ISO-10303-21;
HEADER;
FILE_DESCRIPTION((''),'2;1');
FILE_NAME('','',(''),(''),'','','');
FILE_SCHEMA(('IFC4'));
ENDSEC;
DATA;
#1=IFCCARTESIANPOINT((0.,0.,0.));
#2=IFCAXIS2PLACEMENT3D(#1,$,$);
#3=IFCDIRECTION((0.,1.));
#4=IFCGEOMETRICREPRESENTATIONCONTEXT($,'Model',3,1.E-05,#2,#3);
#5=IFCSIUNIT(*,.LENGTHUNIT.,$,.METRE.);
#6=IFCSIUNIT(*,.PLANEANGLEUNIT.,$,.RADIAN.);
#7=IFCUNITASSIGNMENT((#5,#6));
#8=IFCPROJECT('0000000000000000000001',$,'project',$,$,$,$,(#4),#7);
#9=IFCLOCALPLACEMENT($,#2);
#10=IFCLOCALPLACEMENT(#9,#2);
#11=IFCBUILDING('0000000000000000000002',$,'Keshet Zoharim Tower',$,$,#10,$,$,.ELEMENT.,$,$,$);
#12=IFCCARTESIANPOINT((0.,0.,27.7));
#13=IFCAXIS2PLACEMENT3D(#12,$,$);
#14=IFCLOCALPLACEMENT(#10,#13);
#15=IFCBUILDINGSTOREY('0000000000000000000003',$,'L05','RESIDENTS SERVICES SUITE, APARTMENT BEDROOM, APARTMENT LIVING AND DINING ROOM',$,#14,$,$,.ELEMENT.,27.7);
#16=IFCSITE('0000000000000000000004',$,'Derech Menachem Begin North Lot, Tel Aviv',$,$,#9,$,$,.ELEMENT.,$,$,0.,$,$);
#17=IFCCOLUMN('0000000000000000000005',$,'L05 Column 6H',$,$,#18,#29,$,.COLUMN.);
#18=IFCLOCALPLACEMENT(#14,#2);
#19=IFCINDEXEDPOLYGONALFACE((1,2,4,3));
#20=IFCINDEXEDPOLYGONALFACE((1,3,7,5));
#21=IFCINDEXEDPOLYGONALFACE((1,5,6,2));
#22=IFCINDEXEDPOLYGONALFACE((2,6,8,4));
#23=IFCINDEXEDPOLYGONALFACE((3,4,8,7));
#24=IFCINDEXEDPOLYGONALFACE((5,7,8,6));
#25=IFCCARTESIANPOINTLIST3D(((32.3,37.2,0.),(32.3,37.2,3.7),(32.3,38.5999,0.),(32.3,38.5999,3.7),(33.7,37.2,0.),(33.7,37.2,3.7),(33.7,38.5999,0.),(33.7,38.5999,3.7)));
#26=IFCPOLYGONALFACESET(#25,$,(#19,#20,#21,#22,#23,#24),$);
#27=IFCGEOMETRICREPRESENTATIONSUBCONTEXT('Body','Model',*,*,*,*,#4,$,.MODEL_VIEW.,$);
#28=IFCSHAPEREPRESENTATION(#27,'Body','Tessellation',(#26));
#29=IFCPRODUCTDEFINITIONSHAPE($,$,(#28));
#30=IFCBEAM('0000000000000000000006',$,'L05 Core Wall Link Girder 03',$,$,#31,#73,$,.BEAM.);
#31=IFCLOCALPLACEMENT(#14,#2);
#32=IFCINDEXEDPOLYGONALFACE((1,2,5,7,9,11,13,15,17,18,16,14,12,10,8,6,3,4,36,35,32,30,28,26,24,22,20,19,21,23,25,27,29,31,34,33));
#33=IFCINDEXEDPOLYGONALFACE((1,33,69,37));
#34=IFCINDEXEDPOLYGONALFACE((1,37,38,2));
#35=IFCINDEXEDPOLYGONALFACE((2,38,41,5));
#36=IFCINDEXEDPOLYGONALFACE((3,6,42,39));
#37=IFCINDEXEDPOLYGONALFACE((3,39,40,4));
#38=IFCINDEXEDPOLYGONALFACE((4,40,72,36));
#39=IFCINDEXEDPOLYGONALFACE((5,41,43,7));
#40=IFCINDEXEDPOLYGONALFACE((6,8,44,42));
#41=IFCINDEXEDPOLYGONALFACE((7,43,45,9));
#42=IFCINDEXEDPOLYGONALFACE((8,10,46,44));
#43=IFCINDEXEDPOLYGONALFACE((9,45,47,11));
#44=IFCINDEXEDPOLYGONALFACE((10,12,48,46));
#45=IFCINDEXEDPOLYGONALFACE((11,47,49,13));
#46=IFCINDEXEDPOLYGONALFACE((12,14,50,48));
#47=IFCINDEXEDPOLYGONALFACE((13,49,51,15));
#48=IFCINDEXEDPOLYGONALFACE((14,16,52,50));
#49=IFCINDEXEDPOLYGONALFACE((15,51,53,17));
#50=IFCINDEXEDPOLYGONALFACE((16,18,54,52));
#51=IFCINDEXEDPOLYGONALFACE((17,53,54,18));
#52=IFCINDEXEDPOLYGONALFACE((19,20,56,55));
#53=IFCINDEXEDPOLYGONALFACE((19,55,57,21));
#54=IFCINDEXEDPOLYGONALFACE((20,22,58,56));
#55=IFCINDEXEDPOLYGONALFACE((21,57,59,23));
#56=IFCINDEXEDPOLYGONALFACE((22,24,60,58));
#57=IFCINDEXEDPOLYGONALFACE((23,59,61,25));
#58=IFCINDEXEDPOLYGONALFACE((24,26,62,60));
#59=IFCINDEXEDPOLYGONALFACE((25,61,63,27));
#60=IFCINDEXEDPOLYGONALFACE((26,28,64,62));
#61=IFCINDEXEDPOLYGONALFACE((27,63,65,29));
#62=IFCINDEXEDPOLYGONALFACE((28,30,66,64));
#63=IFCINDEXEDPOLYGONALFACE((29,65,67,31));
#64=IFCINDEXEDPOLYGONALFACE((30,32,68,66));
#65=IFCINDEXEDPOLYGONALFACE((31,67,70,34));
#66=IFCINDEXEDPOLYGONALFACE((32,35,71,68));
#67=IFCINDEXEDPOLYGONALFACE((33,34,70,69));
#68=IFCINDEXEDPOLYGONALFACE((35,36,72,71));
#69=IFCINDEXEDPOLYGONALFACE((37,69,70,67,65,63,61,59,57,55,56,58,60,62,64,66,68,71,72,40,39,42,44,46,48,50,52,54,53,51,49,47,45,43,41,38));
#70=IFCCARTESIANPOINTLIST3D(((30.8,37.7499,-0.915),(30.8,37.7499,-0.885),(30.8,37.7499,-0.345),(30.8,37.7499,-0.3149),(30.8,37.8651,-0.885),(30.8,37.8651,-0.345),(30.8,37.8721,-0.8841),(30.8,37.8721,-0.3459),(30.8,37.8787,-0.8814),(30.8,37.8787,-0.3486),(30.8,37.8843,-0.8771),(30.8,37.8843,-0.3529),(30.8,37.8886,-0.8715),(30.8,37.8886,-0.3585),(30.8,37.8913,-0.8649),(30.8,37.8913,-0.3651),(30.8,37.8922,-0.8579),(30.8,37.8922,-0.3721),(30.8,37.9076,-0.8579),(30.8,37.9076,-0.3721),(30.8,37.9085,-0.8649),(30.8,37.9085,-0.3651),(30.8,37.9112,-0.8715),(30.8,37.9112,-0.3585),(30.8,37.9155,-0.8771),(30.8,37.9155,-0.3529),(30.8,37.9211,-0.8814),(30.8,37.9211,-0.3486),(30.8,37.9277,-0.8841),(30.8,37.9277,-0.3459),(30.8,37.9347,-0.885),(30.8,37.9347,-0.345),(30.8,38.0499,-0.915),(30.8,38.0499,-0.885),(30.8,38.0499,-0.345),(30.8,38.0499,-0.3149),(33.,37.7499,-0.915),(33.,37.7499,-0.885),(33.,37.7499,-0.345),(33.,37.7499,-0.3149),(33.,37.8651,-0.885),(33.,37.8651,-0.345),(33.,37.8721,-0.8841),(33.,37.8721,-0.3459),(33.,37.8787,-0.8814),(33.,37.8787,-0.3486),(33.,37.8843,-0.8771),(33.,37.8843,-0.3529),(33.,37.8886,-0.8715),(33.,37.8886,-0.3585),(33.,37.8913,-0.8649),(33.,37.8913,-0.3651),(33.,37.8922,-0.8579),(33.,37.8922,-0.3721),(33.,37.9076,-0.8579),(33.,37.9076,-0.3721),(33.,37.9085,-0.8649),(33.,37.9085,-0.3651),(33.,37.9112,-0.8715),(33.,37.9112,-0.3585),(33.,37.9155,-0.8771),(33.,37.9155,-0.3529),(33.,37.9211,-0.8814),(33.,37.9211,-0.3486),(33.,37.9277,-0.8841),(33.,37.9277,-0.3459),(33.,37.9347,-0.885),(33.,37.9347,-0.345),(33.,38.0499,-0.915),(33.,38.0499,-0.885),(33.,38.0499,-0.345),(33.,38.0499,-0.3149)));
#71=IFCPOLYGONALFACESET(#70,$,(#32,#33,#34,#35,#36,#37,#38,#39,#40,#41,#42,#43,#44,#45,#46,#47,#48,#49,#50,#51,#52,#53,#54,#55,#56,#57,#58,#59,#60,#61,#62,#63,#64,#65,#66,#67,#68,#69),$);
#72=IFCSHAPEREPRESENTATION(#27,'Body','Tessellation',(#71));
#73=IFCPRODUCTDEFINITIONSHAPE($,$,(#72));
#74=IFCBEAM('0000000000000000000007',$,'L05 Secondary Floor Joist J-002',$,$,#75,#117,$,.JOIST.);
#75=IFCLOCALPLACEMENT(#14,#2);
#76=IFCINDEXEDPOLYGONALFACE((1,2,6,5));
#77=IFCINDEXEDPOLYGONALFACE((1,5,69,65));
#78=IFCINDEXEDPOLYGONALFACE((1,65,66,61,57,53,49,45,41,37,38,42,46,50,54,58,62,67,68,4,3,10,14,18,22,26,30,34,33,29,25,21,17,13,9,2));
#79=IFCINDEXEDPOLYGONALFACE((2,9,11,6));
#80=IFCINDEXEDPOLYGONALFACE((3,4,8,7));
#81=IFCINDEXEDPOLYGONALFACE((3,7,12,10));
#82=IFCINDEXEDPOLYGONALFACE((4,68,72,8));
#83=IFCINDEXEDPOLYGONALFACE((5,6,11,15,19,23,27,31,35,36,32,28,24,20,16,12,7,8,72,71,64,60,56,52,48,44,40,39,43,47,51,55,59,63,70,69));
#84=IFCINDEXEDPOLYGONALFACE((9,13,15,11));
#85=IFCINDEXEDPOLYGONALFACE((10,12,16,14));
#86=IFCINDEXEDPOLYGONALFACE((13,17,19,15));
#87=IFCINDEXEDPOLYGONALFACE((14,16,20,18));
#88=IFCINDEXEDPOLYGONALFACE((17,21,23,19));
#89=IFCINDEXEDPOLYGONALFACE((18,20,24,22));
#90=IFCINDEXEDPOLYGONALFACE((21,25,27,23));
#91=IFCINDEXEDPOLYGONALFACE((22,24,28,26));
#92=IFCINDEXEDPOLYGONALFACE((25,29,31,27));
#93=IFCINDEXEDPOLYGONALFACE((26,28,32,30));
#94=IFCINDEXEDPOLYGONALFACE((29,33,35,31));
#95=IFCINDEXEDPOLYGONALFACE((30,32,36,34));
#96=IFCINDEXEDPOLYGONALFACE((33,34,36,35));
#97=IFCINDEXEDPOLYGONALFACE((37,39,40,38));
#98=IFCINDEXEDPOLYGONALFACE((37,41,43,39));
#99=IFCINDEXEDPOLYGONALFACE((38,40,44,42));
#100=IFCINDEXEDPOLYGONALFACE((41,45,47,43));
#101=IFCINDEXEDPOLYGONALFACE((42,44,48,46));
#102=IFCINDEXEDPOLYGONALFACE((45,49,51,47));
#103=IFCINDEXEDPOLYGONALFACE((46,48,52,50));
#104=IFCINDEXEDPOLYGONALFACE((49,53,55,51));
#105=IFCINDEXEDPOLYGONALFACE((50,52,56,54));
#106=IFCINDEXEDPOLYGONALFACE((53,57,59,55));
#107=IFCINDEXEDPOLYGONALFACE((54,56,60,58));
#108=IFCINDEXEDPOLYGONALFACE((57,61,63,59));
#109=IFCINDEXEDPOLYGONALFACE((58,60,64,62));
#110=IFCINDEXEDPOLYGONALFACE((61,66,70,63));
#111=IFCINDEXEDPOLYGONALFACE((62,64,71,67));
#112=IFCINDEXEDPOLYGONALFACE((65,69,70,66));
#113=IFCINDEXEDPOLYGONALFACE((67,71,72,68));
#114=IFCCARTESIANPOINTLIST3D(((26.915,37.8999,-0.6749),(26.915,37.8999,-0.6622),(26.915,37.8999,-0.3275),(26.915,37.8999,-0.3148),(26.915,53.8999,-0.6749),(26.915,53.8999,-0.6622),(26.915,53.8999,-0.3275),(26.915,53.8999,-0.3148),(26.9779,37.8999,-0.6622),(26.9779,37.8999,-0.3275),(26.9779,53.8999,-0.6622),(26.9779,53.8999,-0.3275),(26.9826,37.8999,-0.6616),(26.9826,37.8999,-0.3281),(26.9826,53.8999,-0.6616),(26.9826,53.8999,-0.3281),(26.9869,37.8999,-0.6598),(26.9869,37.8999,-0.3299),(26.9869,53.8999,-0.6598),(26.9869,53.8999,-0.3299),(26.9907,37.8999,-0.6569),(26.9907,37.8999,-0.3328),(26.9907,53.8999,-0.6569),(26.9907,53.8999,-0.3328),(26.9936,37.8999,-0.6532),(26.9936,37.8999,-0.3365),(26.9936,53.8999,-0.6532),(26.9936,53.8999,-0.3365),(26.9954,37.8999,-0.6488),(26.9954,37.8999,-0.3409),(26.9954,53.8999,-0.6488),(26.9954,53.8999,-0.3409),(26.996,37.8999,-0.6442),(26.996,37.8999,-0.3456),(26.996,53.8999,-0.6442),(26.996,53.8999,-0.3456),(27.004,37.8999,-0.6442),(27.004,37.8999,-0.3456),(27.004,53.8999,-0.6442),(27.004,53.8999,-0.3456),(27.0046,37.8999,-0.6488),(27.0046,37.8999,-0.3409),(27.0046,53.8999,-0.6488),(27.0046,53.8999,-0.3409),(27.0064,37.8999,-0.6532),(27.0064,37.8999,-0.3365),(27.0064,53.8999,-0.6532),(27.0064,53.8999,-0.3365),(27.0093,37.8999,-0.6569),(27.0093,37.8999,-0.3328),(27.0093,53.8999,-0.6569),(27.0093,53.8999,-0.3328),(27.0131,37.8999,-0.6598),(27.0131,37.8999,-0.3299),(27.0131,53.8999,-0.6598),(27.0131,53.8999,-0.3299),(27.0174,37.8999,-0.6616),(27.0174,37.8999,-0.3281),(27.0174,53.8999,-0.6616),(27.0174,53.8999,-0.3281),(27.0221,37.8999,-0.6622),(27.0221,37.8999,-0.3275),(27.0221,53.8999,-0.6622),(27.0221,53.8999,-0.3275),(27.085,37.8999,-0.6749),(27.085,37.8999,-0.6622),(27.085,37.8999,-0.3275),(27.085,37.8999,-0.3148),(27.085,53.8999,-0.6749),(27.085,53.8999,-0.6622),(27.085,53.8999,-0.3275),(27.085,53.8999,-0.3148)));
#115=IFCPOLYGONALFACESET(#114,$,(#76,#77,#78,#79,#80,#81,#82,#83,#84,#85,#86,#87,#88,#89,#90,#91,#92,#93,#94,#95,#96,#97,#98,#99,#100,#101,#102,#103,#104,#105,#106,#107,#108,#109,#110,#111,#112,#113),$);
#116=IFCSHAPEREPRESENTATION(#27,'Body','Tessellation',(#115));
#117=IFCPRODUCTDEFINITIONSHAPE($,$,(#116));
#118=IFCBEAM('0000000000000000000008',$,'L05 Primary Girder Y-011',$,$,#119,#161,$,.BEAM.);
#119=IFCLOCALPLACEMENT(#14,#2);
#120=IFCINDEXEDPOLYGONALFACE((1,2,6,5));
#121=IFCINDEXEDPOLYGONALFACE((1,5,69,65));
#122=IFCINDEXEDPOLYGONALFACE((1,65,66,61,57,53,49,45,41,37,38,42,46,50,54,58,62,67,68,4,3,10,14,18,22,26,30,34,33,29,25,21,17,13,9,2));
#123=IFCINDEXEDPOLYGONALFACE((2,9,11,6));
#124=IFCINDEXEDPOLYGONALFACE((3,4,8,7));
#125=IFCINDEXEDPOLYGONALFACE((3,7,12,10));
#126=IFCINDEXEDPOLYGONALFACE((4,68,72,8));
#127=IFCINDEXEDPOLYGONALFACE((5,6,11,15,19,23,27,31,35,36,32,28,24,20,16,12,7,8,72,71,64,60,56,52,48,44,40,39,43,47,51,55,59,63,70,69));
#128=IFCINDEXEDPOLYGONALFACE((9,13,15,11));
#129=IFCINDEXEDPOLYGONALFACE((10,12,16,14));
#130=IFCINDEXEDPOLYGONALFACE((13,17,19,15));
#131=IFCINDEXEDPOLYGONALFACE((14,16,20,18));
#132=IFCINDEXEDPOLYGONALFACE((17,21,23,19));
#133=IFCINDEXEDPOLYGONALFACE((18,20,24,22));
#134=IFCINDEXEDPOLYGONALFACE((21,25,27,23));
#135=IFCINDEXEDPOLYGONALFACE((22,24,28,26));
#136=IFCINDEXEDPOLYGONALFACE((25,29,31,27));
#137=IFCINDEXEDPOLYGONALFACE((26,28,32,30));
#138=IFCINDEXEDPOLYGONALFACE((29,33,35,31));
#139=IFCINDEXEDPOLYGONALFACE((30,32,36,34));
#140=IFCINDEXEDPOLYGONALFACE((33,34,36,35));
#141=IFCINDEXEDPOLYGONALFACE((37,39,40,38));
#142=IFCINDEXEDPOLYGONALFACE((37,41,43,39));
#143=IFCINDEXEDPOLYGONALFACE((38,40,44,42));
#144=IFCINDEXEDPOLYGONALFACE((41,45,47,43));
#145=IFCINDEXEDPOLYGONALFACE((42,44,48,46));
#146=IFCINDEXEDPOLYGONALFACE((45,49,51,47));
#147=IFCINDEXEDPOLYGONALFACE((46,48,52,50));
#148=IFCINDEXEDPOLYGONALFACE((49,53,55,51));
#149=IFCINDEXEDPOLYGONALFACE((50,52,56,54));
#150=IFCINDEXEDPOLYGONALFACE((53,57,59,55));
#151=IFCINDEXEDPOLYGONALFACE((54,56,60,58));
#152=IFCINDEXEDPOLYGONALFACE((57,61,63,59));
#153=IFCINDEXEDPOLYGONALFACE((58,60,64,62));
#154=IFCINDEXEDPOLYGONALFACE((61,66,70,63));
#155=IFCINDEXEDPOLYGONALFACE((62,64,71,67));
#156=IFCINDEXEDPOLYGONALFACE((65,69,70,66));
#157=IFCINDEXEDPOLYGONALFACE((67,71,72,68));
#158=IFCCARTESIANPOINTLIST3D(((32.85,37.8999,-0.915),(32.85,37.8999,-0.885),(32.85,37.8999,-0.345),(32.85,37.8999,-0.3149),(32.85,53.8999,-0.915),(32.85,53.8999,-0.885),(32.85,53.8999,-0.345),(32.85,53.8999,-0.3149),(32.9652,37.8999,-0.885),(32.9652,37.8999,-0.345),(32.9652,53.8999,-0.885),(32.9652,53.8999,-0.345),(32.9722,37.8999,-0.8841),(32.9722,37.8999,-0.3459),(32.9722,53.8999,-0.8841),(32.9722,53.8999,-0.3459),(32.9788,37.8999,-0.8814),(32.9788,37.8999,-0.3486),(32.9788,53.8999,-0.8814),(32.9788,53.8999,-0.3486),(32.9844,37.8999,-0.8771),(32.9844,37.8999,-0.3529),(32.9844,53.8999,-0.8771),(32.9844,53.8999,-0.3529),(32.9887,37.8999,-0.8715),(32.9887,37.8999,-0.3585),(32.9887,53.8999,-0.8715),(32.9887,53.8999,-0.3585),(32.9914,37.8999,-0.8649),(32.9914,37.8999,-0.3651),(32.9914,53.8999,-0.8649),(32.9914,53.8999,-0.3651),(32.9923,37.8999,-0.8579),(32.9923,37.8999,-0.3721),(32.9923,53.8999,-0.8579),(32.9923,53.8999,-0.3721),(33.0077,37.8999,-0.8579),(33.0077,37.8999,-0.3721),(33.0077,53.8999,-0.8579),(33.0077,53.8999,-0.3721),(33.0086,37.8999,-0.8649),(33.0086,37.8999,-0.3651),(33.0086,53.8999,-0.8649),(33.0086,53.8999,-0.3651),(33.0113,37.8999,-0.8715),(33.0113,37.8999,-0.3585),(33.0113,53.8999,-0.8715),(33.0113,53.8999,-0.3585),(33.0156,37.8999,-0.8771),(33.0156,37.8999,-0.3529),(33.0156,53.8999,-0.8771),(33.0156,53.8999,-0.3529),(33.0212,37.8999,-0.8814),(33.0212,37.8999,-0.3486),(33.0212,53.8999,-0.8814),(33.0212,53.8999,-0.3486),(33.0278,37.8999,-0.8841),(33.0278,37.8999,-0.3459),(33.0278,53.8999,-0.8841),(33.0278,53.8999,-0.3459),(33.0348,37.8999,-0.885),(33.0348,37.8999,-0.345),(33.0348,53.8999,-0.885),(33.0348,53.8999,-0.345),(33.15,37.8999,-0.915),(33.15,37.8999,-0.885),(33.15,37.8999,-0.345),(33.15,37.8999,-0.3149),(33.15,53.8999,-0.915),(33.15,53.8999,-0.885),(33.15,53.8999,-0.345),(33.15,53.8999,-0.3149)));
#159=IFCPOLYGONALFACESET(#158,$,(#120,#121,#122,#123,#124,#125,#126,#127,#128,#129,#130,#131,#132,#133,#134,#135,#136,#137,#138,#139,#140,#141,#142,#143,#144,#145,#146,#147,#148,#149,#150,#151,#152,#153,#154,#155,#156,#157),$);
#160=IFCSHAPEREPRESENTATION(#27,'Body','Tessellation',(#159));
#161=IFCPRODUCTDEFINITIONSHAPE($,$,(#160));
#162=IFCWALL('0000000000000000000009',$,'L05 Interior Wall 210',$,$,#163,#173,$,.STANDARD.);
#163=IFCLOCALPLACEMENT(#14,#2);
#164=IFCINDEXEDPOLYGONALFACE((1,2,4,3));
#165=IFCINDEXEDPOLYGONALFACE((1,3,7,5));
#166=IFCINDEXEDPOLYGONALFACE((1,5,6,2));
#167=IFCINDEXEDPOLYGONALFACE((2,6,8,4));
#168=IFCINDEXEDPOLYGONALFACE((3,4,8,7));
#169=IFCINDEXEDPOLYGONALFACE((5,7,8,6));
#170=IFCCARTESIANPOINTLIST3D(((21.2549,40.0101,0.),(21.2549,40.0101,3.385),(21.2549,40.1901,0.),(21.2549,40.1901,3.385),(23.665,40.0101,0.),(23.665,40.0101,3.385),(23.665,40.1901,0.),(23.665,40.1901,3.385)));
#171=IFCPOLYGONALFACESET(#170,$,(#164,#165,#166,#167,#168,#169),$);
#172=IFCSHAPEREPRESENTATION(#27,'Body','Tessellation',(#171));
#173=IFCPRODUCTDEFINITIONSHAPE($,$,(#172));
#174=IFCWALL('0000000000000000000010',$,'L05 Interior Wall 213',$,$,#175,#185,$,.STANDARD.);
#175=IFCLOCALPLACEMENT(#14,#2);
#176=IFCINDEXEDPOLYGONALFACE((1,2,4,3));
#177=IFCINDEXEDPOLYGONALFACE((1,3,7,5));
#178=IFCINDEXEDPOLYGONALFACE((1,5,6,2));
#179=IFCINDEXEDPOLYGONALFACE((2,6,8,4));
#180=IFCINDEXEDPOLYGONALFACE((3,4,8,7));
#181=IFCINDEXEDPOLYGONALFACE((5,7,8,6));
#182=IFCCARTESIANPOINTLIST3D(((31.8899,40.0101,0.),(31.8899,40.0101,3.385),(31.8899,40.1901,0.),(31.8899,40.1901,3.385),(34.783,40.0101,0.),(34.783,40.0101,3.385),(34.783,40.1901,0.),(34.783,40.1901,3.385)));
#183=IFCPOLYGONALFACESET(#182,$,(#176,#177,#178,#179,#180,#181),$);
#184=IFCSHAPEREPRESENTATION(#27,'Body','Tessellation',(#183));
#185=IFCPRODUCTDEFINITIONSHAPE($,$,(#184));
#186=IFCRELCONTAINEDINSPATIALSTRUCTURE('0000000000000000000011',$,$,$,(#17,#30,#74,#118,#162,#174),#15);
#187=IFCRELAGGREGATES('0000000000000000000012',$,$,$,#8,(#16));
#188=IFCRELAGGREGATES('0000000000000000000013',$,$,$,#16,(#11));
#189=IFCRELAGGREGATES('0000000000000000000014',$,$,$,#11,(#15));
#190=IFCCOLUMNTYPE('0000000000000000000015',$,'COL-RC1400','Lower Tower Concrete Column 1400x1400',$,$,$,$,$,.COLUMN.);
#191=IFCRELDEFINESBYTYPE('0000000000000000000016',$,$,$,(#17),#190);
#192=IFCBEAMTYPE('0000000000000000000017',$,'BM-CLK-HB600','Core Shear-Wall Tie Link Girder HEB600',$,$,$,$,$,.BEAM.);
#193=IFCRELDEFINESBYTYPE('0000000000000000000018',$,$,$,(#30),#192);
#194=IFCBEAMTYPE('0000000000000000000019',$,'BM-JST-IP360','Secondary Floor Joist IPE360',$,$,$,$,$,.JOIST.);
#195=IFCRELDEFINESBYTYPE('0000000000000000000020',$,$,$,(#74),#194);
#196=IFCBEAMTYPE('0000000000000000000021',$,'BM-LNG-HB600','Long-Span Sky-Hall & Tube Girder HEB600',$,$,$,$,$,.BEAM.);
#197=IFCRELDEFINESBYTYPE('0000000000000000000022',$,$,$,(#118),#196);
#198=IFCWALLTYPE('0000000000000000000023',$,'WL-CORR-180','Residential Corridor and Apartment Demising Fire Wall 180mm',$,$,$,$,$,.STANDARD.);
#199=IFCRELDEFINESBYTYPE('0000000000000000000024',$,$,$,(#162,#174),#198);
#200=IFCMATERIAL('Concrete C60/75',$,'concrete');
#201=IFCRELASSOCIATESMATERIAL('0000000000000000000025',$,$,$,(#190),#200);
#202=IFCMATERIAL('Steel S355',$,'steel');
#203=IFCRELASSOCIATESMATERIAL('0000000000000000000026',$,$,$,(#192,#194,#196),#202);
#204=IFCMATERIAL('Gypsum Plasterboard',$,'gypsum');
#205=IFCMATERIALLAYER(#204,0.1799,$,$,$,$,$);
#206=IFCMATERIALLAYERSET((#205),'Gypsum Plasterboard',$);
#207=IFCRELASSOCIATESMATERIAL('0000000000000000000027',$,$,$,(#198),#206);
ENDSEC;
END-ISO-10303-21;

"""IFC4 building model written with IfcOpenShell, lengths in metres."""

from ifc_helpers import new_model, si_unit, direction, frame, frame_2d, origin, origin_2d, place, context, subcontext, project, spatial, rectangle, i_section, extrude, material, layer, layer_set, material_profile, profile_set, type_object, element, save


model = new_model("IFC4")

# Units and contexts
model_context = context("Model", 3, precision=1e-05, world=origin(), true_north=direction((0.0, 1.0)))
body_context = subcontext(model_context, "Body", "Model", "MODEL_VIEW")
ifc_project = project(units=[si_unit("LENGTHUNIT", "METRE"), si_unit("PLANEANGLEUNIT", "RADIAN")], contexts=[model_context])

# Site, building, storey
site_placement = place(None, origin())
site = spatial("IfcSite", under=ifc_project, at=site_placement, Name="Derech Menachem Begin North Lot, Tel Aviv", CompositionType="ELEMENT", RefElevation=0.0)
building_placement = place(site_placement, origin())
building = spatial("IfcBuilding", under=site, at=building_placement, Name="Keshet Zoharim Tower", CompositionType="ELEMENT")
storey_placement = place(building_placement, frame((0.0, 0.0, 27.7)))
storey = spatial("IfcBuildingStorey", under=building, at=storey_placement, Name="L05", Description="RESIDENTS SERVICES SUITE, APARTMENT BEDROOM, APARTMENT LIVING AND DINING ROOM", CompositionType="ELEMENT", Elevation=27.7)

# Column
ifc_material_1 = material(Name="Concrete C60/75", Category="concrete")
ifc_material_profile_1 = material_profile(ifc_material_1, rectangle(XDim=1.3999, YDim=1.3999, at=origin_2d()), Name="RC1400x1400")
ifc_profile_set_1 = profile_set([ifc_material_profile_1], Name="Concrete C60/75")
column_type = type_object("IfcColumnType", Name="COL-RC1400", Description="Lower Tower Concrete Column 1400x1400", PredefinedType="COLUMN", material=ifc_profile_set_1)
column_placement = place(storey_placement, frame((33.0, 37.8999, 0.0), z_axis=(0.0, 0.0, 1.0), x_axis=(1.0, 0.0, 0.0)))
element("IfcColumn", 1, at=column_placement, inside=storey, type_object=column_type, Name="L05 Column 6H", PredefinedType="COLUMN", context=body_context, shape_type="SweptSolid", body=[
    extrude(rectangle(XDim=1.3999, YDim=1.3999, at=origin_2d()), origin(), (0.0, 0.0, 1.0), 3.7),
])

# Beams
ifc_material_2 = material(Name="Steel S355", Category="steel")
ifc_material_profile_2 = material_profile(ifc_material_2, i_section(OverallWidth=0.3, OverallDepth=0.6001, WebThickness=0.0154, FlangeThickness=0.03, FilletRadius=0.0271, at=origin_2d()), Name="HEB600")
ifc_profile_set_2 = profile_set([ifc_material_profile_2], Name="Steel S355")
beam_type_1 = type_object("IfcBeamType", Name="BM-CLK-HB600", Description="Core Shear-Wall Tie Link Girder HEB600", PredefinedType="BEAM", material=ifc_profile_set_2)
beam_1_placement = place(storey_placement, frame((30.8, 37.8999, -0.615), z_axis=(1.0, 0.0, 0.0), x_axis=(0.0, 1.0, 0.0)))
element("IfcBeam", 2, at=beam_1_placement, inside=storey, type_object=beam_type_1, Name="L05 Core Wall Link Girder 03", PredefinedType="BEAM", context=body_context, shape_type="SweptSolid", body=[
    extrude(i_section(OverallWidth=0.3, OverallDepth=0.6001, WebThickness=0.0154, FlangeThickness=0.03, FilletRadius=0.0271, at=origin_2d()), origin(), (0.0, 0.0, 1.0), 2.2),
])
ifc_material_profile_3 = material_profile(ifc_material_2, i_section(OverallWidth=0.1699, OverallDepth=0.3601, WebThickness=0.0081, FlangeThickness=0.0127, FilletRadius=0.0181, at=origin_2d()), Name="IPE360")
ifc_profile_set_3 = profile_set([ifc_material_profile_3], Name="Steel S355")
beam_type_2 = type_object("IfcBeamType", Name="BM-JST-IP360", Description="Secondary Floor Joist IPE360", PredefinedType="JOIST", material=ifc_profile_set_3)
beam_2_placement = place(storey_placement, frame((27.0, 37.8999, -0.4949), z_axis=(0.0, 1.0, 0.0), x_axis=(-1.0, 0.0, 0.0)))
element("IfcBeam", 3, at=beam_2_placement, inside=storey, type_object=beam_type_2, Name="L05 Secondary Floor Joist J-002", PredefinedType="JOIST", context=body_context, shape_type="SweptSolid", body=[
    extrude(i_section(OverallWidth=0.1699, OverallDepth=0.3601, WebThickness=0.0081, FlangeThickness=0.0127, FilletRadius=0.0181, at=origin_2d()), origin(), (0.0, 0.0, 1.0), 16.0),
])
ifc_material_profile_4 = material_profile(ifc_material_2, i_section(OverallWidth=0.3, OverallDepth=0.6001, WebThickness=0.0154, FlangeThickness=0.03, FilletRadius=0.0271, at=origin_2d()), Name="HEB600")
ifc_profile_set_4 = profile_set([ifc_material_profile_4], Name="Steel S355")
beam_type_3 = type_object("IfcBeamType", Name="BM-LNG-HB600", Description="Long-Span Sky-Hall & Tube Girder HEB600", PredefinedType="BEAM", material=ifc_profile_set_4)
beam_3_placement = place(storey_placement, frame((33.0, 37.8999, -0.615), z_axis=(0.0, 1.0, 0.0), x_axis=(-1.0, 0.0, 0.0)))
element("IfcBeam", 4, at=beam_3_placement, inside=storey, type_object=beam_type_3, Name="L05 Primary Girder Y-011", PredefinedType="BEAM", context=body_context, shape_type="SweptSolid", body=[
    extrude(i_section(OverallWidth=0.3, OverallDepth=0.6001, WebThickness=0.0154, FlangeThickness=0.03, FilletRadius=0.0271, at=origin_2d()), origin(), (0.0, 0.0, 1.0), 16.0),
])

# Wall
ifc_material_3 = material(Name="Gypsum Plasterboard", Category="gypsum")
ifc_layer_1 = layer(ifc_material_3, 0.1799)
ifc_layer_set_1 = layer_set([ifc_layer_1], Name="Gypsum Plasterboard")
wall_type_1 = type_object("IfcWallType", Name="WL-CORR-180", Description="Residential Corridor and Apartment Demising Fire Wall 180mm", PredefinedType="STANDARD", material=ifc_layer_set_1)
wall_1_placement = place(storey_placement, frame((21.2549, 40.1001, 0.0), z_axis=(0.0, 0.0, 1.0), x_axis=(1.0, 0.0, 0.0)))
element("IfcWall", 5, at=wall_1_placement, inside=storey, type_object=wall_type_1, Name="L05 Interior Wall 210", PredefinedType="STANDARD", context=body_context, shape_type="SweptSolid", body=[
    extrude(rectangle(XDim=2.4102, YDim=0.1799, at=frame_2d((1.2051, 0.0))), origin(), (0.0, 0.0, 1.0), 3.385),
])

# Wall
wall_2_placement = place(storey_placement, frame((31.8899, 40.1001, 0.0), z_axis=(0.0, 0.0, 1.0), x_axis=(1.0, 0.0, 0.0)))
element("IfcWall", 6, at=wall_2_placement, inside=storey, type_object=wall_type_1, Name="L05 Interior Wall 213", PredefinedType="STANDARD", context=body_context, shape_type="SweptSolid", body=[
    extrude(rectangle(XDim=2.8931, YDim=0.1799, at=frame_2d((1.4465, 0.0))), origin(), (0.0, 0.0, 1.0), 3.385),
])

save(model, "model.ifc")
